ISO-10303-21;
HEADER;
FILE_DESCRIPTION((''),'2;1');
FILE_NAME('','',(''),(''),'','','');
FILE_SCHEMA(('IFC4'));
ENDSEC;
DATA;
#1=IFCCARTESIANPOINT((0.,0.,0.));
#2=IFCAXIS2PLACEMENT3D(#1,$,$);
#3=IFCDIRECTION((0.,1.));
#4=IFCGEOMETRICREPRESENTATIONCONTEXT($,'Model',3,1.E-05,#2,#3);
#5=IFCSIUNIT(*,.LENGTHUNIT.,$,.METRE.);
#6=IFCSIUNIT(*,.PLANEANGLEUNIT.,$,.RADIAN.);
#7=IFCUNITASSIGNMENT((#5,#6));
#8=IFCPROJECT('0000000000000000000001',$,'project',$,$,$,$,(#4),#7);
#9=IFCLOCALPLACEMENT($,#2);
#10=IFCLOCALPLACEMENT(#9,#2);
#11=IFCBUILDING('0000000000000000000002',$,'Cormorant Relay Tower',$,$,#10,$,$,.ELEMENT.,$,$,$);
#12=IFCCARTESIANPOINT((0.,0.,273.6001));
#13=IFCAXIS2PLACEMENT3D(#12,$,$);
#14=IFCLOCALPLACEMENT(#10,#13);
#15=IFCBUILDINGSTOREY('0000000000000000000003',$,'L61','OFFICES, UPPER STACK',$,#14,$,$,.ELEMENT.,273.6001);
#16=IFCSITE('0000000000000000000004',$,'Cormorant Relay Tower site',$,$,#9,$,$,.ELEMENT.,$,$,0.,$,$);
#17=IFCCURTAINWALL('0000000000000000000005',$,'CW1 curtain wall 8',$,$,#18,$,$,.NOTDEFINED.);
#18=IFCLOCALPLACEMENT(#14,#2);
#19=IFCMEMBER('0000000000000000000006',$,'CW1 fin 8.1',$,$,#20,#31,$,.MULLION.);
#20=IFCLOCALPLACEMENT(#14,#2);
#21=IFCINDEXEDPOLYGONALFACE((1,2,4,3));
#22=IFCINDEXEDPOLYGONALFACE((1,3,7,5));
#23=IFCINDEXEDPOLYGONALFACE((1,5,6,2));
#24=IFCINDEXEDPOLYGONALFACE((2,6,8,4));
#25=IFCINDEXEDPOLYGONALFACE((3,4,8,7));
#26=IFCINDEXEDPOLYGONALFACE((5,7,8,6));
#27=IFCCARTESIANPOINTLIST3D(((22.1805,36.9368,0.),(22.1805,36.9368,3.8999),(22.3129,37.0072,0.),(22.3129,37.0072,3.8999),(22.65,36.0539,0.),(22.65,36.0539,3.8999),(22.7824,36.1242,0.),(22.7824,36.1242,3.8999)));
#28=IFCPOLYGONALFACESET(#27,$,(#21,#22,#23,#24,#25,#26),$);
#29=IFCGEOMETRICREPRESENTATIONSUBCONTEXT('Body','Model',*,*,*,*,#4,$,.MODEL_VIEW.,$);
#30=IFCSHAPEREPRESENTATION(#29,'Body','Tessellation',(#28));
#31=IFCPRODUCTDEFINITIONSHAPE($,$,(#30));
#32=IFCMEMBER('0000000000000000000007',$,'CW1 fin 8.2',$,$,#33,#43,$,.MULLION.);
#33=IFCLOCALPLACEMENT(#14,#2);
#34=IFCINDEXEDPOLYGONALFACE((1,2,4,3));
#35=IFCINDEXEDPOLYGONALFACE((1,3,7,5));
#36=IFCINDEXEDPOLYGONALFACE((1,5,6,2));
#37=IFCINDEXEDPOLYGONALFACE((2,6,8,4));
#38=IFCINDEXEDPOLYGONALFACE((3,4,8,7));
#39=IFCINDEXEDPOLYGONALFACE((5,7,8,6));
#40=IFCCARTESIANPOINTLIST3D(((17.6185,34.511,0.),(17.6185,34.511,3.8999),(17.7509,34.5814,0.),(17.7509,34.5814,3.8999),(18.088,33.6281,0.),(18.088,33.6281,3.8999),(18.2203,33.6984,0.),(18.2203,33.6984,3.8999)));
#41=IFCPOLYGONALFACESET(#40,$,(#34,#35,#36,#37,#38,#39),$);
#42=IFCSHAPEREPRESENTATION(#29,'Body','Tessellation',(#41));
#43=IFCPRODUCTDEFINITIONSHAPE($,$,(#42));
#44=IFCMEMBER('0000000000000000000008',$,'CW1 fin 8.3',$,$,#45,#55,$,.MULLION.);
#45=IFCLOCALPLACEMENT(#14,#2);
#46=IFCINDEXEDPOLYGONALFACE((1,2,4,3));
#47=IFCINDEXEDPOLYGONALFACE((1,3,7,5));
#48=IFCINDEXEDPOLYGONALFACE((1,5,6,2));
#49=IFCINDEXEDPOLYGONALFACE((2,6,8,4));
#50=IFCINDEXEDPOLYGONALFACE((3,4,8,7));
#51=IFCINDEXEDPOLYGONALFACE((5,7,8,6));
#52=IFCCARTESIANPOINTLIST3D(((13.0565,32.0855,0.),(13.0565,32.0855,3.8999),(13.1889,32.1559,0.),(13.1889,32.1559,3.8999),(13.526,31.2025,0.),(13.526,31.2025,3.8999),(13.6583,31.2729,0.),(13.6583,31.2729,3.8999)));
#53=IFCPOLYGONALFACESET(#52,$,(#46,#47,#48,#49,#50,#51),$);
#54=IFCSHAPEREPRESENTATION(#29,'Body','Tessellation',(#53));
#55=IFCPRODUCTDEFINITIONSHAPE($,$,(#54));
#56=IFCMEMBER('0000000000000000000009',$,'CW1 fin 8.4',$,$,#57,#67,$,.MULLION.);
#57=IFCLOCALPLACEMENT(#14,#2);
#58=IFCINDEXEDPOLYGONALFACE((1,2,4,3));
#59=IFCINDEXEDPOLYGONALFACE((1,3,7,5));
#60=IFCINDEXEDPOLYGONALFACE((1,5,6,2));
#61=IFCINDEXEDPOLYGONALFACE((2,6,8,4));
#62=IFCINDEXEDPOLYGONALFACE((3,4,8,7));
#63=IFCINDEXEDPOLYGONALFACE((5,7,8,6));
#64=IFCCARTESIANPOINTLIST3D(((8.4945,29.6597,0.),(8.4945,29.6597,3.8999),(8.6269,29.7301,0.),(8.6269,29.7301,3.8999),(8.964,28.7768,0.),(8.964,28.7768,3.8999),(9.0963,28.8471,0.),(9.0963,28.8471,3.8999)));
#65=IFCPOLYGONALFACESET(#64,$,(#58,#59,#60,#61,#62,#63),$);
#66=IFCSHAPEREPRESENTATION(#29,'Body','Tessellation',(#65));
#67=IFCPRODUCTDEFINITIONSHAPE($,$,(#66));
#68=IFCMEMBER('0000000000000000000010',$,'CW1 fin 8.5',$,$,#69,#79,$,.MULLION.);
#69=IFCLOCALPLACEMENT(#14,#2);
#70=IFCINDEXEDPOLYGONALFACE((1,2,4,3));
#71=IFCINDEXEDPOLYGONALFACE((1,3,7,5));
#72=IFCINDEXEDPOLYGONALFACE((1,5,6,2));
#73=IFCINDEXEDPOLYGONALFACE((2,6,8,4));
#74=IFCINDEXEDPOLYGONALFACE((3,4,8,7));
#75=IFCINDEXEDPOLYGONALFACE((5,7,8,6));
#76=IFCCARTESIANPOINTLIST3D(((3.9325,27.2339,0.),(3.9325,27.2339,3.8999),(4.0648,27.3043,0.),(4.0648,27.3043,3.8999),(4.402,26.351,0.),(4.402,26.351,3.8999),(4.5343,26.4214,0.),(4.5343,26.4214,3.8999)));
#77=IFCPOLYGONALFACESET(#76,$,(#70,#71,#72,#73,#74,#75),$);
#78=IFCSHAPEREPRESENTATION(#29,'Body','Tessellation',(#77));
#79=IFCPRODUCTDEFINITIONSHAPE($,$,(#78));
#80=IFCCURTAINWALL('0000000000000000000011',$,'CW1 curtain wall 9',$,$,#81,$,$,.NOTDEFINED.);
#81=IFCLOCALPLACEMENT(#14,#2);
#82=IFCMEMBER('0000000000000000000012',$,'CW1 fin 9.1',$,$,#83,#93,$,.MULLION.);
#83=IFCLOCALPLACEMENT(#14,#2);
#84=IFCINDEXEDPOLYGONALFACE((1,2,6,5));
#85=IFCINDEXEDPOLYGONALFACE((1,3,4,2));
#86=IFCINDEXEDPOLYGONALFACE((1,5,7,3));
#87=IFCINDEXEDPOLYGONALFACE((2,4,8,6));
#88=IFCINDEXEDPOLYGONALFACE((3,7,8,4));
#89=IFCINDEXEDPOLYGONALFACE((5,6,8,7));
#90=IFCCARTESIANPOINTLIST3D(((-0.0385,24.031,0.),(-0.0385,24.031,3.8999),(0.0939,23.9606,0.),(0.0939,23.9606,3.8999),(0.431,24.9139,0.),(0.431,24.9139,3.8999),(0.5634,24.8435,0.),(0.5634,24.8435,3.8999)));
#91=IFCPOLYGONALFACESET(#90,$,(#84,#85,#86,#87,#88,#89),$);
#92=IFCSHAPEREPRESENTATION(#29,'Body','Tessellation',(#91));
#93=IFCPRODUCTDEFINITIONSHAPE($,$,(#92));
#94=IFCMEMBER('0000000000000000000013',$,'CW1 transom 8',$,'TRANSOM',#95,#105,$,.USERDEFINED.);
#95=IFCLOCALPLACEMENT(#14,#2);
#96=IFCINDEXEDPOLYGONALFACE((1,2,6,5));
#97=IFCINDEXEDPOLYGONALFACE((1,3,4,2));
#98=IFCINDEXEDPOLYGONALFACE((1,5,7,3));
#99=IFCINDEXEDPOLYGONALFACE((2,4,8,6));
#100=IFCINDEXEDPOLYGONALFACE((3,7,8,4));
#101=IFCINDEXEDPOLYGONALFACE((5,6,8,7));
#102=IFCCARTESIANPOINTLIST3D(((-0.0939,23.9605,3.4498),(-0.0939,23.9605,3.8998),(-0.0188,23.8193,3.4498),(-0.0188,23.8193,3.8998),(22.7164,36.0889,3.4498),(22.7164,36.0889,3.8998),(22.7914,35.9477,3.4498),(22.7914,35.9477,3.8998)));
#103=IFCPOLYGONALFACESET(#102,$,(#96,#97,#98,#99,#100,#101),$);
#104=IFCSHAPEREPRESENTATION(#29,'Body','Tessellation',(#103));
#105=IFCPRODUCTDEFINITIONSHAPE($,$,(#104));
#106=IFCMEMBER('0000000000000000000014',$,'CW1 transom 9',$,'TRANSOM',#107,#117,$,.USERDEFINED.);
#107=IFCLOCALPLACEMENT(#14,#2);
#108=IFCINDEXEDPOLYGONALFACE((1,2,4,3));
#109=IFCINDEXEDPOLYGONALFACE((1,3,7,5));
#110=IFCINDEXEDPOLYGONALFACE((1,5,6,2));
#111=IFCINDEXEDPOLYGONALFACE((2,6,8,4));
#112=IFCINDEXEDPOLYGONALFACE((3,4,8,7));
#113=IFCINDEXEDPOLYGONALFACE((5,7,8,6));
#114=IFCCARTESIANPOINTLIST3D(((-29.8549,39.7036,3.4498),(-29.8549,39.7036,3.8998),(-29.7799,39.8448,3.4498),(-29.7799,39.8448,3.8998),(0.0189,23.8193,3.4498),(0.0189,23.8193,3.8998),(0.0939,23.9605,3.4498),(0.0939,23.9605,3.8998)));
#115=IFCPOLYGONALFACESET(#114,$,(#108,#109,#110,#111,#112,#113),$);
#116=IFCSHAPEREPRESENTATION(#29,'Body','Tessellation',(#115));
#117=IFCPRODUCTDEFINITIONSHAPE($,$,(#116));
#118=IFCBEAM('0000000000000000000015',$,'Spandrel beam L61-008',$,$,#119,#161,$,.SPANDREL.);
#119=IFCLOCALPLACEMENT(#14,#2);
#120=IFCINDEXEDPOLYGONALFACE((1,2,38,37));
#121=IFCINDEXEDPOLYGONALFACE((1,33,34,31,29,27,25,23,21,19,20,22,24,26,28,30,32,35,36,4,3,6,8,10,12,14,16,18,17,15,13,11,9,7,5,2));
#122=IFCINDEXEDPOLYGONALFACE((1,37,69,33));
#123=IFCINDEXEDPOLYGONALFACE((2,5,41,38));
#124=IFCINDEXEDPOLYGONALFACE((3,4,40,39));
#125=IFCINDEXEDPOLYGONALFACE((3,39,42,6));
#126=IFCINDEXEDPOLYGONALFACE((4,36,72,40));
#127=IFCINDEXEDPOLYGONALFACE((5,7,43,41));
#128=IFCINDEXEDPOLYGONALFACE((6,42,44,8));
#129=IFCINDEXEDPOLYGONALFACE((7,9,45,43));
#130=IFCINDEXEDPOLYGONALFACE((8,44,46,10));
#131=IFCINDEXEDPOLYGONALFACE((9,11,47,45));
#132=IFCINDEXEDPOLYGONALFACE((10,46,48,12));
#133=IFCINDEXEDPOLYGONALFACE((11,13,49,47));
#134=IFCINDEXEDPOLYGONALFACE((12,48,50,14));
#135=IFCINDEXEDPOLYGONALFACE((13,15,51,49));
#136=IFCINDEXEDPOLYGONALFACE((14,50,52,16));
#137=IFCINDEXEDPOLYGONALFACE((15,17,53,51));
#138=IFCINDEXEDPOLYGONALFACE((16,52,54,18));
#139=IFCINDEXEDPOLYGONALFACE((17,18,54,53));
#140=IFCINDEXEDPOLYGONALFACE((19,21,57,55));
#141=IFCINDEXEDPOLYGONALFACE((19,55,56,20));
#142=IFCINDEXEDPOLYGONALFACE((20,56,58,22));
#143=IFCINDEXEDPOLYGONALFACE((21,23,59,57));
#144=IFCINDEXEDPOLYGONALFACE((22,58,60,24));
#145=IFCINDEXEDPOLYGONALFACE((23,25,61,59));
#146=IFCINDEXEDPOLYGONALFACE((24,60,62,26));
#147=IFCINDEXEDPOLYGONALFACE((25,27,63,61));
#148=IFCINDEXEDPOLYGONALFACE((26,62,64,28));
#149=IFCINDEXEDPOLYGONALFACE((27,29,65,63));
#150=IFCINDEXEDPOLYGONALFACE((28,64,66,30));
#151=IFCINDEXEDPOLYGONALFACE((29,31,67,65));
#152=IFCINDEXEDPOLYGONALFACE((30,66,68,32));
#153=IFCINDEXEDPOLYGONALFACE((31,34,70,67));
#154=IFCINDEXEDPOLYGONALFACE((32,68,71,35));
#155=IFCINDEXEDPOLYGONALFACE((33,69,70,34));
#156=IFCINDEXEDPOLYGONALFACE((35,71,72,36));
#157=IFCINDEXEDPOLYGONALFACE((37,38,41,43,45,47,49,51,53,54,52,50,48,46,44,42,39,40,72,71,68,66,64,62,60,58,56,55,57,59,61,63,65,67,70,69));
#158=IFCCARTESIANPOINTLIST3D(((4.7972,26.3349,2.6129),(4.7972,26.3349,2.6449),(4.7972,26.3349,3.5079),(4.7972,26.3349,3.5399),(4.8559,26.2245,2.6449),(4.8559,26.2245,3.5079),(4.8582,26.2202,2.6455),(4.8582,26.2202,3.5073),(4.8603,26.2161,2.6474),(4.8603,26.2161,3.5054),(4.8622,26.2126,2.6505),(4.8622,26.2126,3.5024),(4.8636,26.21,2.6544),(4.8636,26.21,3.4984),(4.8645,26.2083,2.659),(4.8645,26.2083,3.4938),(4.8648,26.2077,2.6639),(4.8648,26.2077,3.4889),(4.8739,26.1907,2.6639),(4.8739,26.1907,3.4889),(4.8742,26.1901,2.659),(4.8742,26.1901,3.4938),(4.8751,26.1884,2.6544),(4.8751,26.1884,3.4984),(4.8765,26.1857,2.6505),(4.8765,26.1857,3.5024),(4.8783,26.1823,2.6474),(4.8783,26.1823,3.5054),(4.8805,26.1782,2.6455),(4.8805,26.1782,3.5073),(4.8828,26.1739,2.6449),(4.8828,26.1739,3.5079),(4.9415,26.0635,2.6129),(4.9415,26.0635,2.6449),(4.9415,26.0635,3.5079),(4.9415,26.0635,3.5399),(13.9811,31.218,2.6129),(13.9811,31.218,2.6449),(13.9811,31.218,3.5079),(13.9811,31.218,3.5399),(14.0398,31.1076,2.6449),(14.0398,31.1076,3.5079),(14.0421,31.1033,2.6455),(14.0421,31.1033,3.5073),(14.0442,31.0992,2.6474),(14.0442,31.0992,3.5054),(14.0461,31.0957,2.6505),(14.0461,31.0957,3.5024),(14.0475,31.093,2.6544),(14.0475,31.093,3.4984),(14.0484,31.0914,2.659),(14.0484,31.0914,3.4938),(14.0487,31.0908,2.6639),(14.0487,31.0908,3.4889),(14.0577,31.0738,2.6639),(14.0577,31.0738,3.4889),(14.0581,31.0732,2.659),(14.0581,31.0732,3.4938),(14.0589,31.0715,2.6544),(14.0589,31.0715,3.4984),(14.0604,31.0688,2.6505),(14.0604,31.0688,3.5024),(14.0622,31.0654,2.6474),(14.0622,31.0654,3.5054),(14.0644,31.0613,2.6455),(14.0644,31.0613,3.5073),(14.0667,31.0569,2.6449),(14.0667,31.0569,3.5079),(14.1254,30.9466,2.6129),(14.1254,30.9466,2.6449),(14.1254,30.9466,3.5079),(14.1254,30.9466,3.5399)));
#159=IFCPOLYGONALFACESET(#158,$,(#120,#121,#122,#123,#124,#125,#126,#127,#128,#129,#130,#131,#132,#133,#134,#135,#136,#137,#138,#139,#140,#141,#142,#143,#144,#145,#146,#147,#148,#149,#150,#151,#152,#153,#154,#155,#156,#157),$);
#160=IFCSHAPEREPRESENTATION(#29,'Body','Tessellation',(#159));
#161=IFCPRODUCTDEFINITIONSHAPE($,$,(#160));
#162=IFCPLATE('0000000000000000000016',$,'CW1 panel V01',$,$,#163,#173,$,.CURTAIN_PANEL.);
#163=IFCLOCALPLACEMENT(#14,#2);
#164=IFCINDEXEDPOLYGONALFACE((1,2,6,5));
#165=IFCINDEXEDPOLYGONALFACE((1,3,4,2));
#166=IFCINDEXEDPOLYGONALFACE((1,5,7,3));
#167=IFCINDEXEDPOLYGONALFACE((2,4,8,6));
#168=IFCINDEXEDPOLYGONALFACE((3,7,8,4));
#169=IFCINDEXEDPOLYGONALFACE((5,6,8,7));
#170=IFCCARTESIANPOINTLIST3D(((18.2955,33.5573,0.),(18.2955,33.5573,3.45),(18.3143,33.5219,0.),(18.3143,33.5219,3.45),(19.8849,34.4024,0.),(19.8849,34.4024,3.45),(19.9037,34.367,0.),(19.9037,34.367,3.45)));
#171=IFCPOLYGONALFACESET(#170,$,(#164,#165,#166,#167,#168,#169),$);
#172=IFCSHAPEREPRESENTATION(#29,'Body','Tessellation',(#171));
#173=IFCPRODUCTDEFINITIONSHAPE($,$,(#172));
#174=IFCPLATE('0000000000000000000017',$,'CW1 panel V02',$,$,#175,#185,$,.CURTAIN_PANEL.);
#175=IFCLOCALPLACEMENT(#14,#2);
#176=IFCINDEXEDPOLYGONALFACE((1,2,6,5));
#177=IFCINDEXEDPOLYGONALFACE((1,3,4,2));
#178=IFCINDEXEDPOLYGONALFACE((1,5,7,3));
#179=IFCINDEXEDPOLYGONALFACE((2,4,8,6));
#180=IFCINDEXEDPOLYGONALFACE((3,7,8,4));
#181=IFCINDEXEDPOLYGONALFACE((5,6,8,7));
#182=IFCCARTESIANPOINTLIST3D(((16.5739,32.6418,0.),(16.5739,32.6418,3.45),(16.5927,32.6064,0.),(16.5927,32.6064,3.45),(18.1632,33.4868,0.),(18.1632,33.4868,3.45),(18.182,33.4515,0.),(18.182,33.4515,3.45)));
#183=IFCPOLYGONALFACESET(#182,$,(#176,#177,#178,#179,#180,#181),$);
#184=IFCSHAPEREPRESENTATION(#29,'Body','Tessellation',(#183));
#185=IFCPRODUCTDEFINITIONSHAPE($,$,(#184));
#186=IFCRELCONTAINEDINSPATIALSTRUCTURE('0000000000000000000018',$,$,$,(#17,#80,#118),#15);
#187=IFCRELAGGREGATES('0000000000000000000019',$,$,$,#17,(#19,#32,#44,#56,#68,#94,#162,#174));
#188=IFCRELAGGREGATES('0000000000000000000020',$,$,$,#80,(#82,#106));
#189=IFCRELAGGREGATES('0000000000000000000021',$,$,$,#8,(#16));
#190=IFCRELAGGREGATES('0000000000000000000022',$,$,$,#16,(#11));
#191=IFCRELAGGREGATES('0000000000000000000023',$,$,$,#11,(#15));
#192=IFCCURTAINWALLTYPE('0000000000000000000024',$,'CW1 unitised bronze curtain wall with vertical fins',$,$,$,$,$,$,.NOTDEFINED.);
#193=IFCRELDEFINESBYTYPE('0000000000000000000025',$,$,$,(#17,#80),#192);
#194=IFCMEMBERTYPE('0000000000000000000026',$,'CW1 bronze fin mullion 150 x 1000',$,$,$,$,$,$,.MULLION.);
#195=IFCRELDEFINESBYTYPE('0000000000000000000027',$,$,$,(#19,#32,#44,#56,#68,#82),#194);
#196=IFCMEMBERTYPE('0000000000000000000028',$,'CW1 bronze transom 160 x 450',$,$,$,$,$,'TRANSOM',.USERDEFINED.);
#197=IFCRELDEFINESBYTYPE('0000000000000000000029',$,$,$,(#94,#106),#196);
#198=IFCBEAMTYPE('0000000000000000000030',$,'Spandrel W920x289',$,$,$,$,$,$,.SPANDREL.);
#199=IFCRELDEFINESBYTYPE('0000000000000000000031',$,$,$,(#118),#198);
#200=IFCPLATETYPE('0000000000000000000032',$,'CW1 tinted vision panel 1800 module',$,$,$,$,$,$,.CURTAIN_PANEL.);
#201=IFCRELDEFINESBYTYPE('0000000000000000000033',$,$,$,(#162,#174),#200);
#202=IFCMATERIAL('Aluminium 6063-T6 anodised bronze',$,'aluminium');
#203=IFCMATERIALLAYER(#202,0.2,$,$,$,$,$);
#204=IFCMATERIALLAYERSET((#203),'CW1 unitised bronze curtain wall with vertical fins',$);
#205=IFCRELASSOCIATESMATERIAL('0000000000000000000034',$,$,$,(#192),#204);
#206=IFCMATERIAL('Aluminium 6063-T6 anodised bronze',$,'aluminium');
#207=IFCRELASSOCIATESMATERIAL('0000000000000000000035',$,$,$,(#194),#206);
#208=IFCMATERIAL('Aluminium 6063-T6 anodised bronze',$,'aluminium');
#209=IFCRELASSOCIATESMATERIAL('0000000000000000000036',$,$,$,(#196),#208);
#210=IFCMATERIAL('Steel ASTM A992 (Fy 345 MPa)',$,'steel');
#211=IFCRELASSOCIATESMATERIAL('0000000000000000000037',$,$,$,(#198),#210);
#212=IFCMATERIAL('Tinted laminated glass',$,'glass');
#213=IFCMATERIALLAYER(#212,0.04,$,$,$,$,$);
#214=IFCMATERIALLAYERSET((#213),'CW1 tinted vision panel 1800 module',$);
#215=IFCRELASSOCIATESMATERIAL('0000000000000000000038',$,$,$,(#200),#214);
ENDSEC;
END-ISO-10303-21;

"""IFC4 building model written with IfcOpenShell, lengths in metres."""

from ifc_helpers import new_model, si_unit, direction, frame, origin, origin_2d, place, context, subcontext, project, spatial, rectangle, i_section, extrude, material, layer, layer_set, material_profile, profile_set, type_object, element, aggregate, save


model = new_model("IFC4")

# Units and contexts
model_context = context("Model", 3, precision=1e-05, world=origin(), true_north=direction((0.0, 1.0)))
body_context = subcontext(model_context, "Body", "Model", "MODEL_VIEW")
ifc_project = project(units=[si_unit("LENGTHUNIT", "METRE"), si_unit("PLANEANGLEUNIT", "RADIAN")], contexts=[model_context])

# Site, building, storey
site_placement = place(None, origin())
site = spatial("IfcSite", under=ifc_project, at=site_placement, Name="Cormorant Relay Tower site", CompositionType="ELEMENT", RefElevation=0.0)
building_placement = place(site_placement, origin())
building = spatial("IfcBuilding", under=site, at=building_placement, Name="Cormorant Relay Tower", CompositionType="ELEMENT")
storey_placement = place(building_placement, frame((0.0, 0.0, 273.6001)))
storey = spatial("IfcBuildingStorey", under=building, at=storey_placement, Name="L61", Description="OFFICES, UPPER STACK", CompositionType="ELEMENT", Elevation=273.6001)

# Curtain wall, members
ifc_material_1 = material(Name="Aluminium 6063-T6 anodised bronze", Category="aluminium")
ifc_layer_1 = layer(ifc_material_1, 0.2)
ifc_layer_set_1 = layer_set([ifc_layer_1], Name="CW1 unitised bronze curtain wall with vertical fins")
curtain_wall_type = type_object("IfcCurtainWallType", Name="CW1 unitised bronze curtain wall with vertical fins", PredefinedType="NOTDEFINED", material=ifc_layer_set_1)
curtain_wall_1_placement = place(storey_placement, origin())
curtain_wall_1 = element("IfcCurtainWall", 1, at=curtain_wall_1_placement, inside=storey, type_object=curtain_wall_type, Name="CW1 curtain wall 8", PredefinedType="NOTDEFINED")
ifc_material_2 = material(Name="Aluminium 6063-T6 anodised bronze", Category="aluminium")
ifc_material_profile_1 = material_profile(ifc_material_2, rectangle(XDim=0.1499, YDim=1.0, at=origin_2d()), Name="AL 150x1000")
ifc_profile_set_1 = profile_set([ifc_material_profile_1], Name="Aluminium 6063-T6 anodised bronze")
member_type_1 = type_object("IfcMemberType", Name="CW1 bronze fin mullion 150 x 1000", PredefinedType="MULLION", material=ifc_profile_set_1)
member_1_placement = place(storey_placement, frame((22.4814, 36.5305, 0.0), z_axis=(0.0, 0.0, 1.0), x_axis=(-0.882948, -0.469472, 0.0)))
member_1 = element("IfcMember", 2, at=member_1_placement, type_object=member_type_1, Name="CW1 fin 8.1", PredefinedType="MULLION", context=body_context, shape_type="SweptSolid", body=[
    extrude(rectangle(XDim=0.1499, YDim=1.0, at=origin_2d()), origin(), (0.0, 0.0, 1.0), 3.8999),
])
member_2_placement = place(storey_placement, frame((17.9194, 34.1047, 0.0), z_axis=(0.0, 0.0, 1.0), x_axis=(-0.882948, -0.469472, 0.0)))
member_2 = element("IfcMember", 3, at=member_2_placement, type_object=member_type_1, Name="CW1 fin 8.2", PredefinedType="MULLION", context=body_context, shape_type="SweptSolid", body=[
    extrude(rectangle(XDim=0.1499, YDim=1.0, at=origin_2d()), origin(), (0.0, 0.0, 1.0), 3.8999),
])
member_3_placement = place(storey_placement, frame((13.3574, 31.6792, 0.0), z_axis=(0.0, 0.0, 1.0), x_axis=(-0.882948, -0.469472, 0.0)))
member_3 = element("IfcMember", 4, at=member_3_placement, type_object=member_type_1, Name="CW1 fin 8.3", PredefinedType="MULLION", context=body_context, shape_type="SweptSolid", body=[
    extrude(rectangle(XDim=0.1499, YDim=1.0, at=origin_2d()), origin(), (0.0, 0.0, 1.0), 3.8999),
])
member_4_placement = place(storey_placement, frame((8.7954, 29.2534, 0.0), z_axis=(0.0, 0.0, 1.0), x_axis=(-0.882948, -0.469472, 0.0)))
member_4 = element("IfcMember", 5, at=member_4_placement, type_object=member_type_1, Name="CW1 fin 8.4", PredefinedType="MULLION", context=body_context, shape_type="SweptSolid", body=[
    extrude(rectangle(XDim=0.1499, YDim=1.0, at=origin_2d()), origin(), (0.0, 0.0, 1.0), 3.8999),
])
member_5_placement = place(storey_placement, frame((4.2334, 26.8276, 0.0), z_axis=(0.0, 0.0, 1.0), x_axis=(-0.882948, -0.469472, 0.0)))
member_5 = element("IfcMember", 6, at=member_5_placement, type_object=member_type_1, Name="CW1 fin 8.5", PredefinedType="MULLION", context=body_context, shape_type="SweptSolid", body=[
    extrude(rectangle(XDim=0.1499, YDim=1.0, at=origin_2d()), origin(), (0.0, 0.0, 1.0), 3.8999),
])

# Curtain wall, member
curtain_wall_2_placement = place(storey_placement, origin())
curtain_wall_2 = element("IfcCurtainWall", 7, at=curtain_wall_2_placement, inside=storey, type_object=curtain_wall_type, Name="CW1 curtain wall 9", PredefinedType="NOTDEFINED")
member_6_placement = place(storey_placement, frame((0.2625, 24.4373, 0.0), z_axis=(0.0, 0.0, 1.0), x_axis=(-0.882948, 0.469472, 0.0)))
member_6 = element("IfcMember", 8, at=member_6_placement, type_object=member_type_1, Name="CW1 fin 9.1", PredefinedType="MULLION", context=body_context, shape_type="SweptSolid", body=[
    extrude(rectangle(XDim=0.1499, YDim=1.0, at=origin_2d()), origin(), (0.0, 0.0, 1.0), 3.8999),
])

# Members
ifc_material_3 = material(Name="Aluminium 6063-T6 anodised bronze", Category="aluminium")
ifc_material_profile_2 = material_profile(ifc_material_3, rectangle(XDim=0.1599, YDim=0.45, at=origin_2d()), Name="AL 160x450")
ifc_profile_set_2 = profile_set([ifc_material_profile_2], Name="Aluminium 6063-T6 anodised bronze")
member_type_2 = type_object("IfcMemberType", Name="CW1 bronze transom 160 x 450", ElementType="TRANSOM", PredefinedType="USERDEFINED", material=ifc_profile_set_2)
member_7_placement = place(storey_placement, frame((22.7539, 36.0183, 3.6748), z_axis=(-0.882948, -0.469471, 0.0), x_axis=(0.469471, -0.882948, 0.0)))
member_7 = element("IfcMember", 9, at=member_7_placement, type_object=member_type_2, Name="CW1 transom 8", ObjectType="TRANSOM", PredefinedType="USERDEFINED", context=body_context, shape_type="SweptSolid", body=[
    extrude(rectangle(XDim=0.1599, YDim=0.45, at=origin_2d()), origin(), (0.0, 0.0, 1.0), 25.8342),
])
member_8_placement = place(storey_placement, frame((0.0564, 23.8899, 3.6748), z_axis=(-0.882946, 0.469474, 0.0), x_axis=(-0.469474, -0.882946, 0.0)))
member_8 = element("IfcMember", 10, at=member_8_placement, type_object=member_type_2, Name="CW1 transom 9", ObjectType="TRANSOM", PredefinedType="USERDEFINED", context=body_context, shape_type="SweptSolid", body=[
    extrude(rectangle(XDim=0.1599, YDim=0.45, at=origin_2d()), origin(), (0.0, 0.0, 1.0), 33.8342),
])

# Beam
ifc_material_4 = material(Name="Steel ASTM A992 (Fy 345 MPa)", Category="steel")
ifc_material_profile_3 = material_profile(ifc_material_4, i_section(OverallWidth=0.3074, OverallDepth=0.927, WebThickness=0.0193, FlangeThickness=0.032, FilletRadius=0.019, at=origin_2d()), Name="W920x289")
ifc_profile_set_3 = profile_set([ifc_material_profile_3], Name="Steel ASTM A992 (Fy 345 MPa)")
beam_type = type_object("IfcBeamType", Name="Spandrel W920x289", PredefinedType="SPANDREL", material=ifc_profile_set_3)
beam_placement = place(storey_placement, frame((14.0532, 31.0823, 3.0764), z_axis=(-0.882951, -0.469466, 0.0), x_axis=(0.469466, -0.882951, 0.0)))
element("IfcBeam", 11, at=beam_placement, inside=storey, type_object=beam_type, Name="Spandrel beam L61-008", PredefinedType="SPANDREL", context=body_context, shape_type="SweptSolid", body=[
    extrude(i_section(OverallWidth=0.3074, OverallDepth=0.927, WebThickness=0.0193, FlangeThickness=0.032, FilletRadius=0.019, at=origin_2d()), origin(), (0.0, 0.0, 1.0), 10.4014),
])

# Plates
ifc_material_5 = material(Name="Tinted laminated glass", Category="glass")
ifc_layer_2 = layer(ifc_material_5, 0.04)
ifc_layer_set_2 = layer_set([ifc_layer_2], Name="CW1 tinted vision panel 1800 module")
plate_type_1 = type_object("IfcPlateType", Name="CW1 tinted vision panel 1800 module", PredefinedType="CURTAIN_PANEL", material=ifc_layer_set_2)
plate_1_placement = place(storey_placement, frame((19.0996, 33.9622, 0.0), z_axis=(0.0, 0.0, 1.0), x_axis=(-0.882948, -0.469472, 0.0)))
plate_1 = element("IfcPlate", 12, at=plate_1_placement, type_object=plate_type_1, Name="CW1 panel V01", PredefinedType="CURTAIN_PANEL", context=body_context, shape_type="SweptSolid", body=[
    extrude(rectangle(XDim=1.8, YDim=0.04, at=origin_2d()), origin(), (0.0, 0.0, 1.0), 3.45),
])
plate_2_placement = place(storey_placement, frame((17.3779, 33.0466, 0.0), z_axis=(0.0, 0.0, 1.0), x_axis=(-0.882948, -0.469472, 0.0)))
plate_2 = element("IfcPlate", 13, at=plate_2_placement, type_object=plate_type_1, Name="CW1 panel V02", PredefinedType="CURTAIN_PANEL", context=body_context, shape_type="SweptSolid", body=[
    extrude(rectangle(XDim=1.8, YDim=0.04, at=origin_2d()), origin(), (0.0, 0.0, 1.0), 3.45),
])

aggregate(curtain_wall_1, [member_1, member_2, member_3, member_4, member_5, member_7, plate_1, plate_2])
aggregate(curtain_wall_2, [member_6, member_8])

save(model, "model.ifc")
